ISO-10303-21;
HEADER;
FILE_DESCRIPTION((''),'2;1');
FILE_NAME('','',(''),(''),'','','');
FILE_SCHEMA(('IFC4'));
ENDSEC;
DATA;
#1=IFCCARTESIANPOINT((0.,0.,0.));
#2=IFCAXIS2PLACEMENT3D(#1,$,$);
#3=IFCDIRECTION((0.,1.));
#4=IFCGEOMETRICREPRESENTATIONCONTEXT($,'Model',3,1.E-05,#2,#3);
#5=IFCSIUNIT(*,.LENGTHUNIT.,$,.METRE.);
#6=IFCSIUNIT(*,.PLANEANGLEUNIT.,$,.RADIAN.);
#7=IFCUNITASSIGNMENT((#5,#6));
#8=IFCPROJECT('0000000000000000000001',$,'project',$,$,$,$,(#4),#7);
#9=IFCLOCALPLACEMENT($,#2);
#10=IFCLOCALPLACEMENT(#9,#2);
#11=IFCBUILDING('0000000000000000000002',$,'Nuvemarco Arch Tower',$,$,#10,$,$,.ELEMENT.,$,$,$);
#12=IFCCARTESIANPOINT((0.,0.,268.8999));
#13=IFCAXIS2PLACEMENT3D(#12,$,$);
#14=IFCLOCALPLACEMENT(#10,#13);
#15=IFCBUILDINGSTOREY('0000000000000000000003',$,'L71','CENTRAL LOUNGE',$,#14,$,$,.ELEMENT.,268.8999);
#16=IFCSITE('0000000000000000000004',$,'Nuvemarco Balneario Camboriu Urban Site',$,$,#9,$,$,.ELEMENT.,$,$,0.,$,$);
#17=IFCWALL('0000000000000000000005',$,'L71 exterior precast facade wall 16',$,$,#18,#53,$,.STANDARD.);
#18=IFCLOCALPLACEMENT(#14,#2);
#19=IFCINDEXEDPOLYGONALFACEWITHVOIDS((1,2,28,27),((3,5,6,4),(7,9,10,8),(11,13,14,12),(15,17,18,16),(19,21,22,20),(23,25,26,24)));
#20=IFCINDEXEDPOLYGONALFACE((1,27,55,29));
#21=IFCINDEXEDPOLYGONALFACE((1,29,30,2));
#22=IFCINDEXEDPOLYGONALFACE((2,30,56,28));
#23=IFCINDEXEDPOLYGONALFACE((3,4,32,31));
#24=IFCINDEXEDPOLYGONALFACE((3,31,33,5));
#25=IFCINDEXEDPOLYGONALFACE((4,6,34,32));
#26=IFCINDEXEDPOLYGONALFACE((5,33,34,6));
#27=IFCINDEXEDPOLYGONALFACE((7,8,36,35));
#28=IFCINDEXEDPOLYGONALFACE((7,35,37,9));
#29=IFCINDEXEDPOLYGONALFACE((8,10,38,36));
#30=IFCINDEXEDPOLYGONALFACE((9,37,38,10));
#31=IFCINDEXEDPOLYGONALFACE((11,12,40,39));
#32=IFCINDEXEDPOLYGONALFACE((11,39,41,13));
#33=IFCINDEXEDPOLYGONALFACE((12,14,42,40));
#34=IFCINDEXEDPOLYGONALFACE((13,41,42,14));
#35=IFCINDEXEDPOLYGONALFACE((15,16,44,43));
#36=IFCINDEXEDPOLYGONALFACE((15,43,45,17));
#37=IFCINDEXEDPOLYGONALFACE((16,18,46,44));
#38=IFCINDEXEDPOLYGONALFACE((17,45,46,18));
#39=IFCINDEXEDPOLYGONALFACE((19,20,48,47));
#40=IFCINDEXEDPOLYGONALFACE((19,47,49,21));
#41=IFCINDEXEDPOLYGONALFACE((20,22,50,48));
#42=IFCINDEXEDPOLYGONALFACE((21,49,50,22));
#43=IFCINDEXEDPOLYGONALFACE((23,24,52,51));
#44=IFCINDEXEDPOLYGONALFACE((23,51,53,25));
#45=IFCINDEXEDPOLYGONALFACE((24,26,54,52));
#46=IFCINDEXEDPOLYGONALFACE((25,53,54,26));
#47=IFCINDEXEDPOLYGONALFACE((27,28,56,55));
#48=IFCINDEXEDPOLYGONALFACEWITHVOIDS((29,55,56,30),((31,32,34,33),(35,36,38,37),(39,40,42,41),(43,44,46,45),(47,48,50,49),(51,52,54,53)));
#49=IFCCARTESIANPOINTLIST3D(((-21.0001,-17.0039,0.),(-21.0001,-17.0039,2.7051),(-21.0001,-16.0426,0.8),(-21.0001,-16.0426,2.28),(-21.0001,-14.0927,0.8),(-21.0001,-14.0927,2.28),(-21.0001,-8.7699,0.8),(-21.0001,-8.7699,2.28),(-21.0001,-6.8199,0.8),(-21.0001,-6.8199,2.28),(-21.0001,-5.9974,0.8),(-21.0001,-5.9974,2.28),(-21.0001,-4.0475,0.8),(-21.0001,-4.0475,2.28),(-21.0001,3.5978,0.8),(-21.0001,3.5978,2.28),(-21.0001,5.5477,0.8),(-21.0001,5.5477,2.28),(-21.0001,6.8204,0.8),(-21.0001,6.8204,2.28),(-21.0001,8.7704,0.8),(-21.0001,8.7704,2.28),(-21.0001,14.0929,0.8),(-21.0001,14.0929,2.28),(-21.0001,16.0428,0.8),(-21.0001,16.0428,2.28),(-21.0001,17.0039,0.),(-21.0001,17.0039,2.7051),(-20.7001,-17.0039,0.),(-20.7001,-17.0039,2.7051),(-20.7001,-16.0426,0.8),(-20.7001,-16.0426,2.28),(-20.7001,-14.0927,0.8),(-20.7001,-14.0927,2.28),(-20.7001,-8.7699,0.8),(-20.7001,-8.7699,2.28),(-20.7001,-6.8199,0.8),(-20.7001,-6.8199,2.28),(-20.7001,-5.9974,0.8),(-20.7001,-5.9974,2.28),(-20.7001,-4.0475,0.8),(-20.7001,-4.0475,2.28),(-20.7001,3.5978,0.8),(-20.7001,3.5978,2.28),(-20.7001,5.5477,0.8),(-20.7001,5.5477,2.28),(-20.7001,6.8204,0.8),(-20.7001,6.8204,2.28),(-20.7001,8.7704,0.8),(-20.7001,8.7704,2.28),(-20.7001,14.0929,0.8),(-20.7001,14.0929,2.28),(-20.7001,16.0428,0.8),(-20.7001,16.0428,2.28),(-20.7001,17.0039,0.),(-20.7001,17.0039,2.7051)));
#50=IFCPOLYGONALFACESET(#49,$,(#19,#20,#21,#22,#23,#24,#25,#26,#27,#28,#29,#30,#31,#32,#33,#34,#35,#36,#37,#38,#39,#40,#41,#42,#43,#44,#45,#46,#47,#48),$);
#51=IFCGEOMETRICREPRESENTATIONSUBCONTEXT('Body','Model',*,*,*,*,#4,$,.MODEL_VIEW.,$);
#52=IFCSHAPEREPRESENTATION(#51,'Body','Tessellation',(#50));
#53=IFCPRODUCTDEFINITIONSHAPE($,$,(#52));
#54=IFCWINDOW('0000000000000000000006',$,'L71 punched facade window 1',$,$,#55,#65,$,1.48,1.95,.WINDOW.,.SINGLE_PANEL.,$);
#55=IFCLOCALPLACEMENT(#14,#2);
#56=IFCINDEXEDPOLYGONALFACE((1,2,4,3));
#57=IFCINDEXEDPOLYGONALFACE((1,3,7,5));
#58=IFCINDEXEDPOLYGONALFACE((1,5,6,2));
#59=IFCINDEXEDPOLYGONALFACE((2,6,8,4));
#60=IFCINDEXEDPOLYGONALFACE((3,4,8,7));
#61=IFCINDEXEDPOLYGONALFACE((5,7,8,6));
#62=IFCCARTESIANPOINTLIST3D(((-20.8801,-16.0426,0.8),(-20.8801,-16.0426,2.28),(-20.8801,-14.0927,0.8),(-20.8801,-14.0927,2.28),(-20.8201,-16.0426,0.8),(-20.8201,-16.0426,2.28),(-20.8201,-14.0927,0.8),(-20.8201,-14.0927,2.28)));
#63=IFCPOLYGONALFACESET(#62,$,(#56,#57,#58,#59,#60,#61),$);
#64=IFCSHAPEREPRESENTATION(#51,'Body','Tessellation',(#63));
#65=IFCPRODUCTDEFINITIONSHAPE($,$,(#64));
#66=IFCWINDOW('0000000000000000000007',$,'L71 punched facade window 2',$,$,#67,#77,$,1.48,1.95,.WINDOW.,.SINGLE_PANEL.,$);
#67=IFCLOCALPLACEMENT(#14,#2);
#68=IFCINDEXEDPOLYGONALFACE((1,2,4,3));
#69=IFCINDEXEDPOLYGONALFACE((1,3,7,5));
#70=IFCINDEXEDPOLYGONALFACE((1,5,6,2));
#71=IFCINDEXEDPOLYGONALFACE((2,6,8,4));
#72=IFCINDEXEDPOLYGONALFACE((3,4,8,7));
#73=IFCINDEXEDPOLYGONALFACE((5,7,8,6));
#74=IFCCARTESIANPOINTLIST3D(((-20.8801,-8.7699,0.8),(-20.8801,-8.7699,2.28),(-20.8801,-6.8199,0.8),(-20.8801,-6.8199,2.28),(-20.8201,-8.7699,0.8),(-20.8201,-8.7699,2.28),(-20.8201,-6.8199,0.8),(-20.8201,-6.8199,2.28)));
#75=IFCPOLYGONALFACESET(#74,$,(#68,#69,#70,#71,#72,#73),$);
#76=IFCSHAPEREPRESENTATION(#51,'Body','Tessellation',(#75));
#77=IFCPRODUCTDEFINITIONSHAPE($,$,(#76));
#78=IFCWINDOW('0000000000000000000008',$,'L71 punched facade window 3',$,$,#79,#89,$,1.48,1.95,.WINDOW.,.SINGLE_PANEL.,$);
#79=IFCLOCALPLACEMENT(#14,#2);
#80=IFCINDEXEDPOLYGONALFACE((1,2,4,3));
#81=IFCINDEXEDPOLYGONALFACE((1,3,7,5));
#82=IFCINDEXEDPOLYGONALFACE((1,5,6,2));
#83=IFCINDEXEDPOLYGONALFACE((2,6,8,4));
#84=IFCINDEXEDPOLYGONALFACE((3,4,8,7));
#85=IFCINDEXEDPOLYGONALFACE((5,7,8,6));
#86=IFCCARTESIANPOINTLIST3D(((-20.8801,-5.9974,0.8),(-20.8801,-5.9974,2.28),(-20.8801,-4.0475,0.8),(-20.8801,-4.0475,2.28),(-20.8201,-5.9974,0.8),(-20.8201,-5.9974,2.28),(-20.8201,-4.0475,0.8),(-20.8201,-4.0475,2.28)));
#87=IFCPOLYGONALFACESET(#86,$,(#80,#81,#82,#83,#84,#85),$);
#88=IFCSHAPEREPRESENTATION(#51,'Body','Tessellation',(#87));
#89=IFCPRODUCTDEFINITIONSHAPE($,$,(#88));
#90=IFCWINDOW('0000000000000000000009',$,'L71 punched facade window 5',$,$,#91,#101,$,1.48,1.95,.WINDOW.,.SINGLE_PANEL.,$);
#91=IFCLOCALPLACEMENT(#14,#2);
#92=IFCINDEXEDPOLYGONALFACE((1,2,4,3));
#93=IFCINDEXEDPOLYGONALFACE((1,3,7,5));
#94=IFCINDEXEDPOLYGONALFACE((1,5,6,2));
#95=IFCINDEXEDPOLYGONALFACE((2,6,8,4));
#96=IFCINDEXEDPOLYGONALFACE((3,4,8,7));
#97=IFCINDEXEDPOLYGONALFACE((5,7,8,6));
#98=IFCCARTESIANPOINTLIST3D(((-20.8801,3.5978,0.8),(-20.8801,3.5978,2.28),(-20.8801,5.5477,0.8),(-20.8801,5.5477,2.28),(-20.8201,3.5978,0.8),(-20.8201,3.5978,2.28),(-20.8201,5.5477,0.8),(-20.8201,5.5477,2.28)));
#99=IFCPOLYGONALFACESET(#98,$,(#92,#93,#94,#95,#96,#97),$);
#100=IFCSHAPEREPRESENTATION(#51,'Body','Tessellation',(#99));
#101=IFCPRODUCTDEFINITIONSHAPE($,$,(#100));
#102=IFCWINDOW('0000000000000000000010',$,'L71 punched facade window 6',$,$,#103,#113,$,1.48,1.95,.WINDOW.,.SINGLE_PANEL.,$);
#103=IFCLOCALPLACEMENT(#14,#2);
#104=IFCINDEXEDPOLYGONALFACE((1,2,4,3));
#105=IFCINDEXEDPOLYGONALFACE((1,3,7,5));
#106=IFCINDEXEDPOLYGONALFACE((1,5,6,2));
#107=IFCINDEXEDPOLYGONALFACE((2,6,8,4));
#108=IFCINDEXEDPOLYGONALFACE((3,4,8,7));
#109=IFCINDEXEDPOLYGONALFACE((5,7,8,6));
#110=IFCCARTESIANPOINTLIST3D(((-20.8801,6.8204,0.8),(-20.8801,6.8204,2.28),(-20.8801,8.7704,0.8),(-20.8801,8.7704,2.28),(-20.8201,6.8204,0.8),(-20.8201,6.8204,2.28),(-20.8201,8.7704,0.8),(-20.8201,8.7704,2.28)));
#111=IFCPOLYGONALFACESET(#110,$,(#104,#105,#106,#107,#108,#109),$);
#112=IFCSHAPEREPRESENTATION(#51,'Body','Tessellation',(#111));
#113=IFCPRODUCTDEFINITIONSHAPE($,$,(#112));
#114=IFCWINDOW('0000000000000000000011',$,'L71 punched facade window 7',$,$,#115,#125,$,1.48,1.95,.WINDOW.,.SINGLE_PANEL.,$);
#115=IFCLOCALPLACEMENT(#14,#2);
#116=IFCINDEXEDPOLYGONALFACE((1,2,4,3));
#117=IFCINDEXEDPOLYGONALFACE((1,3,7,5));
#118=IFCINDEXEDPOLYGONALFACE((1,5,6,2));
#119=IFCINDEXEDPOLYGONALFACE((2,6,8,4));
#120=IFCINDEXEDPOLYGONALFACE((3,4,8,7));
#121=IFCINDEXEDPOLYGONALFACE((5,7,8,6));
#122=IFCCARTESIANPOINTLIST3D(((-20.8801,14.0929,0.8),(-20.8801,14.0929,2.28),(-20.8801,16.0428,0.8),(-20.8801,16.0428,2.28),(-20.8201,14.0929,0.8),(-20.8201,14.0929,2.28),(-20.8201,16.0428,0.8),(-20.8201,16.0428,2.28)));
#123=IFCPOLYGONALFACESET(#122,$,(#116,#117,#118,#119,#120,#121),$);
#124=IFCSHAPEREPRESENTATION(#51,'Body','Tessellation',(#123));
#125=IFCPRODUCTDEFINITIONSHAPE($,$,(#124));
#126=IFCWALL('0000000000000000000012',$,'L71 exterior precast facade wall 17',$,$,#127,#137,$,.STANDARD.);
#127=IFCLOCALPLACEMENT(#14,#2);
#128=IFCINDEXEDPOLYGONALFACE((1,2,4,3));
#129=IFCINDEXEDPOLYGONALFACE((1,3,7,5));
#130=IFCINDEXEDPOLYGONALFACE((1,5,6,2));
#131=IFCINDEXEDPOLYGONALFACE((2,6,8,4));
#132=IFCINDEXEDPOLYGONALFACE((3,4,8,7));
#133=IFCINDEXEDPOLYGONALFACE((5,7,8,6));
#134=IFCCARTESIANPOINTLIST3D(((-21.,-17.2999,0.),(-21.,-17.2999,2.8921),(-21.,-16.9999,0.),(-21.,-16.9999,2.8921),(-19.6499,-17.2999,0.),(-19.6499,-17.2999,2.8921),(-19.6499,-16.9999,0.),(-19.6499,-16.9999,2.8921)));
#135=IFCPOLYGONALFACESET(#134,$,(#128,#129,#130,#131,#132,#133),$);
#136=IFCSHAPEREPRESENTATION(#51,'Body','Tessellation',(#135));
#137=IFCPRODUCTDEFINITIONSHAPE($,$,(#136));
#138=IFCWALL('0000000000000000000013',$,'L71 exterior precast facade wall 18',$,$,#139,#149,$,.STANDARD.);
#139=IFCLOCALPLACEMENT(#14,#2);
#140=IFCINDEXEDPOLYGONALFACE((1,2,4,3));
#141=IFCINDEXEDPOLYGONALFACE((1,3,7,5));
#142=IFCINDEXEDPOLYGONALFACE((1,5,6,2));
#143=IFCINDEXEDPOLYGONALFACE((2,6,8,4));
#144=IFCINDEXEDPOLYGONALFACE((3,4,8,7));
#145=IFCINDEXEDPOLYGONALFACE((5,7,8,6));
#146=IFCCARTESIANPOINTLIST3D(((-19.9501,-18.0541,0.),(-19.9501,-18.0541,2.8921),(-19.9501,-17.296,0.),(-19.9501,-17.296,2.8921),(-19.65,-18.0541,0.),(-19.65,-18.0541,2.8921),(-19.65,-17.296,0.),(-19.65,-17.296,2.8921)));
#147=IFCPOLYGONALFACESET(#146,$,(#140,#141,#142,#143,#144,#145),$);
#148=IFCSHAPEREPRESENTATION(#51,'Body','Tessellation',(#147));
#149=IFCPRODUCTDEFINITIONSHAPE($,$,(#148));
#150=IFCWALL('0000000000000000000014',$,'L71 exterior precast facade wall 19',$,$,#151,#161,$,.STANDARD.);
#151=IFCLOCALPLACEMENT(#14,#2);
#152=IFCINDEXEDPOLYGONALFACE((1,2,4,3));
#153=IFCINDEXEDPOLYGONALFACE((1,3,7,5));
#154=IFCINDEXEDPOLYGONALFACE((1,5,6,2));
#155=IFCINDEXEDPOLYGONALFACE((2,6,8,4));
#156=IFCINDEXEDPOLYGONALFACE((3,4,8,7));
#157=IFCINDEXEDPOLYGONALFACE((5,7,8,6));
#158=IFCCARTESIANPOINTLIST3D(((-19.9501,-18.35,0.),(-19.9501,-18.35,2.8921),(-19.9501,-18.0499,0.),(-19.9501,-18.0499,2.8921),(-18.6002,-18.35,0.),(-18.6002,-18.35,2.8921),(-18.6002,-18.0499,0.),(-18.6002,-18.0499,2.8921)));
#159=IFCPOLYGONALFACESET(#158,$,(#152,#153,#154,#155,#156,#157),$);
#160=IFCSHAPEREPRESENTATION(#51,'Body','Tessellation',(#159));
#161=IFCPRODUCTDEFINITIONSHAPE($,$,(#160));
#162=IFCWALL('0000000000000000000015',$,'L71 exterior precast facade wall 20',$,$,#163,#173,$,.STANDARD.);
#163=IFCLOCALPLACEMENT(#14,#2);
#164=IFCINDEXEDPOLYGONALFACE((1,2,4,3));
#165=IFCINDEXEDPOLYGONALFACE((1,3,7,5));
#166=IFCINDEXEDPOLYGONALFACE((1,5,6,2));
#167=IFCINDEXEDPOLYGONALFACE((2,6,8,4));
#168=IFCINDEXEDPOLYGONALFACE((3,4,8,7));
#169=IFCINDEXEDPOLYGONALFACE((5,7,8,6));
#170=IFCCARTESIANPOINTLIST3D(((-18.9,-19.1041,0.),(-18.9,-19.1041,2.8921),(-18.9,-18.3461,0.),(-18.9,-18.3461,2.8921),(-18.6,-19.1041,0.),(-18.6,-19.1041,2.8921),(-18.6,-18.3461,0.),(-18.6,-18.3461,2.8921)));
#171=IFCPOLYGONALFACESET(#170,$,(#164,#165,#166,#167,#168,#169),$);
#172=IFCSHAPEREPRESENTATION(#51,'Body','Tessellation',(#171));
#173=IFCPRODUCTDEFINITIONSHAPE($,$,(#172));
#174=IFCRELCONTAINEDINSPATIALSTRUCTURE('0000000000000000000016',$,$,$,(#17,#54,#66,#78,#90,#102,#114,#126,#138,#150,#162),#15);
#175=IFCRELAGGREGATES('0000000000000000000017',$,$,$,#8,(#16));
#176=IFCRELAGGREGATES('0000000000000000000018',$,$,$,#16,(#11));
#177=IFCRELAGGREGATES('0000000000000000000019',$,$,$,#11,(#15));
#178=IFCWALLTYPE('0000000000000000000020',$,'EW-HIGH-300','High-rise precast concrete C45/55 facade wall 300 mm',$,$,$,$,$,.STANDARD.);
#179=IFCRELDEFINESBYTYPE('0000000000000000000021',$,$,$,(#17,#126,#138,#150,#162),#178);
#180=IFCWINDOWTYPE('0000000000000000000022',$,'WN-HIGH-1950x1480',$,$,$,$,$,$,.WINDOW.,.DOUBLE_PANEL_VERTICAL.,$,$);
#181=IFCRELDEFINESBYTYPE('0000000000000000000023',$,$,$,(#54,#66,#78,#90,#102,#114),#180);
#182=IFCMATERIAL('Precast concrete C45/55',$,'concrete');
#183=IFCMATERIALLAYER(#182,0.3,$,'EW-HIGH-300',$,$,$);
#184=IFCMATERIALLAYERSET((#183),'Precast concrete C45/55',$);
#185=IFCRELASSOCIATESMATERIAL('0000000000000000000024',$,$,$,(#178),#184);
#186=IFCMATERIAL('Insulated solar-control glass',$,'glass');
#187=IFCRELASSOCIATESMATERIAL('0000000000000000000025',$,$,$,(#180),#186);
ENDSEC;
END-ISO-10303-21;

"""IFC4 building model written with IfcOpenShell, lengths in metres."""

from ifc_helpers import new_model, si_unit, direction, frame, frame_2d, origin, place, context, subcontext, project, spatial, rectangle, extrude, source, transform, mapped, material, layer, layer_set, type_object, type_shapes, element, fill, save


model = new_model("IFC4")

# Units and contexts
model_context = context("Model", 3, precision=1e-05, world=origin(), true_north=direction((0.0, 1.0)))
body_context = subcontext(model_context, "Body", "Model", "MODEL_VIEW")
ifc_project = project(units=[si_unit("LENGTHUNIT", "METRE"), si_unit("PLANEANGLEUNIT", "RADIAN")], contexts=[model_context])

# Site, building, storey
site_placement = place(None, origin())
site = spatial("IfcSite", under=ifc_project, at=site_placement, Name="Nuvemarco Balneario Camboriu Urban Site", CompositionType="ELEMENT", RefElevation=0.0)
building_placement = place(site_placement, origin())
building = spatial("IfcBuilding", under=site, at=building_placement, Name="Nuvemarco Arch Tower", CompositionType="ELEMENT")
storey_placement = place(building_placement, frame((0.0, 0.0, 268.8999)))
storey = spatial("IfcBuildingStorey", under=building, at=storey_placement, Name="L71", Description="CENTRAL LOUNGE", CompositionType="ELEMENT", Elevation=268.8999)

# Shared definitions
ifc_material_1 = material(Name="Precast concrete C45/55", Category="concrete")

# Wall, openings, windows
ifc_layer = layer(ifc_material_1, 0.3, Name="EW-HIGH-300")
ifc_layer_set = layer_set([ifc_layer], Name="Precast concrete C45/55")
wall_type = type_object("IfcWallType", Name="EW-HIGH-300", Description="High-rise precast concrete C45/55 facade wall 300 mm", PredefinedType="STANDARD", material=ifc_layer_set)
ifc_material_2 = material(Name="Insulated solar-control glass", Category="glass")
wall_1_placement = place(storey_placement, frame((-20.8501, -17.0039, 0.0), z_axis=(0.0, 0.0, 1.0), x_axis=(0.0, 1.0, 0.0)))
wall_1 = element("IfcWall", 1, at=wall_1_placement, inside=storey, type_object=wall_type, Name="L71 exterior precast facade wall 16", PredefinedType="STANDARD", context=body_context, shape_type="SweptSolid", body=[
    extrude(rectangle(XDim=34.0078, YDim=0.3, at=frame_2d((17.0039, 0.0))), origin(), (0.0, 0.0, 1.0), 2.7051),
])
opening_1_placement = place(wall_1_placement, frame((0.9612, 0.0, 0.8)))
opening_1 = element("IfcOpeningElement", 2, at=opening_1_placement, cuts=wall_1, PredefinedType="OPENING", context=body_context, shape_type="SweptSolid", body=[
    extrude(rectangle(XDim=1.95, YDim=1.48, at=frame_2d((0.9751, 0.74))), frame((0.0, 0.1599, 0.0), z_axis=(0.0, -1.0, 0.0), x_axis=(1.0, 0.0, 0.0)), (0.0, 0.0, 1.0), 0.3201),
])
opening_2_placement = place(wall_1_placement, frame((8.2339, 0.0, 0.8)))
opening_2 = element("IfcOpeningElement", 3, at=opening_2_placement, cuts=wall_1, PredefinedType="OPENING", context=body_context, shape_type="SweptSolid", body=[
    extrude(rectangle(XDim=1.95, YDim=1.48, at=frame_2d((0.9751, 0.74))), frame((0.0, 0.1599, 0.0), z_axis=(0.0, -1.0, 0.0), x_axis=(1.0, 0.0, 0.0)), (0.0, 0.0, 1.0), 0.3201),
])
opening_3_placement = place(wall_1_placement, frame((11.0063, 0.0, 0.8)))
opening_3 = element("IfcOpeningElement", 4, at=opening_3_placement, cuts=wall_1, PredefinedType="OPENING", context=body_context, shape_type="SweptSolid", body=[
    extrude(rectangle(XDim=1.95, YDim=1.48, at=frame_2d((0.9751, 0.74))), frame((0.0, 0.1599, 0.0), z_axis=(0.0, -1.0, 0.0), x_axis=(1.0, 0.0, 0.0)), (0.0, 0.0, 1.0), 0.3201),
])
opening_4_placement = place(wall_1_placement, frame((20.6016, 0.0, 0.8)))
opening_4 = element("IfcOpeningElement", 5, at=opening_4_placement, cuts=wall_1, PredefinedType="OPENING", context=body_context, shape_type="SweptSolid", body=[
    extrude(rectangle(XDim=1.95, YDim=1.48, at=frame_2d((0.9751, 0.74))), frame((0.0, 0.1599, 0.0), z_axis=(0.0, -1.0, 0.0), x_axis=(1.0, 0.0, 0.0)), (0.0, 0.0, 1.0), 0.3201),
])
opening_5_placement = place(wall_1_placement, frame((23.8242, 0.0, 0.8)))
opening_5 = element("IfcOpeningElement", 6, at=opening_5_placement, cuts=wall_1, PredefinedType="OPENING", context=body_context, shape_type="SweptSolid", body=[
    extrude(rectangle(XDim=1.95, YDim=1.48, at=frame_2d((0.9751, 0.74))), frame((0.0, 0.1599, 0.0), z_axis=(0.0, -1.0, 0.0), x_axis=(1.0, 0.0, 0.0)), (0.0, 0.0, 1.0), 0.3201),
])
opening_6_placement = place(wall_1_placement, frame((31.0967, 0.0, 0.8)))
opening_6 = element("IfcOpeningElement", 7, at=opening_6_placement, cuts=wall_1, PredefinedType="OPENING", context=body_context, shape_type="SweptSolid", body=[
    extrude(rectangle(XDim=1.95, YDim=1.48, at=frame_2d((0.9751, 0.74))), frame((0.0, 0.1599, 0.0), z_axis=(0.0, -1.0, 0.0), x_axis=(1.0, 0.0, 0.0)), (0.0, 0.0, 1.0), 0.3201),
])
window_type_1 = type_object("IfcWindowType", Name="WN-HIGH-1950x1480", PartitioningType="DOUBLE_PANEL_VERTICAL", PredefinedType="WINDOW", material=ifc_material_2)
shared_shape_1 = source(origin(), body_context, "Body", "SweptSolid", [
    extrude(rectangle(XDim=1.95, YDim=1.48, at=frame_2d((0.9751, 0.74))), frame((0.0, 0.03, 0.0), z_axis=(0.0, -1.0, 0.0), x_axis=(1.0, 0.0, 0.0)), (0.0, 0.0, 1.0), 0.0601),
])
type_shapes(window_type_1, [shared_shape_1])
window_1_placement = place(opening_1_placement, origin())
window_1 = element("IfcWindow", 8, at=window_1_placement, inside=storey, type_object=window_type_1, Name="L71 punched facade window 1", OverallHeight=1.48, OverallWidth=1.95, PartitioningType="SINGLE_PANEL", PredefinedType="WINDOW", context=body_context, shape_type="MappedRepresentation", body=[
    mapped(shared_shape_1, transform((0.0, 0.0, 0.0), scale=1.0)),
])
fill(opening_1, window_1)
window_2_placement = place(opening_2_placement, origin())
window_2 = element("IfcWindow", 9, at=window_2_placement, inside=storey, type_object=window_type_1, Name="L71 punched facade window 2", OverallHeight=1.48, OverallWidth=1.95, PartitioningType="SINGLE_PANEL", PredefinedType="WINDOW", context=body_context, shape_type="MappedRepresentation", body=[
    mapped(shared_shape_1, transform((0.0, 0.0, 0.0), scale=1.0)),
])
fill(opening_2, window_2)
window_3_placement = place(opening_3_placement, origin())
window_3 = element("IfcWindow", 10, at=window_3_placement, inside=storey, type_object=window_type_1, Name="L71 punched facade window 3", OverallHeight=1.48, OverallWidth=1.95, PartitioningType="SINGLE_PANEL", PredefinedType="WINDOW", context=body_context, shape_type="MappedRepresentation", body=[
    mapped(shared_shape_1, transform((0.0, 0.0, 0.0), scale=1.0)),
])
fill(opening_3, window_3)
window_4_placement = place(opening_4_placement, origin())
window_4 = element("IfcWindow", 11, at=window_4_placement, inside=storey, type_object=window_type_1, Name="L71 punched facade window 5", OverallHeight=1.48, OverallWidth=1.95, PartitioningType="SINGLE_PANEL", PredefinedType="WINDOW", context=body_context, shape_type="MappedRepresentation", body=[
    mapped(shared_shape_1, transform((0.0, 0.0, 0.0), scale=1.0)),
])
fill(opening_4, window_4)
window_5_placement = place(opening_5_placement, origin())
window_5 = element("IfcWindow", 12, at=window_5_placement, inside=storey, type_object=window_type_1, Name="L71 punched facade window 6", OverallHeight=1.48, OverallWidth=1.95, PartitioningType="SINGLE_PANEL", PredefinedType="WINDOW", context=body_context, shape_type="MappedRepresentation", body=[
    mapped(shared_shape_1, transform((0.0, 0.0, 0.0), scale=1.0)),
])
fill(opening_5, window_5)
window_6_placement = place(opening_6_placement, origin())
window_6 = element("IfcWindow", 13, at=window_6_placement, inside=storey, type_object=window_type_1, Name="L71 punched facade window 7", OverallHeight=1.48, OverallWidth=1.95, PartitioningType="SINGLE_PANEL", PredefinedType="WINDOW", context=body_context, shape_type="MappedRepresentation", body=[
    mapped(shared_shape_1, transform((0.0, 0.0, 0.0), scale=1.0)),
])
fill(opening_6, window_6)

# Walls
wall_2_placement = place(storey_placement, frame((-21.0, -17.1499, 0.0), z_axis=(0.0, 0.0, 1.0), x_axis=(1.0, 0.0, 0.0)))
element("IfcWall", 14, at=wall_2_placement, inside=storey, type_object=wall_type, Name="L71 exterior precast facade wall 17", PredefinedType="STANDARD", context=body_context, shape_type="SweptSolid", body=[
    extrude(rectangle(XDim=1.3501, YDim=0.3, at=frame_2d((0.675, 0.0))), origin(), (0.0, 0.0, 1.0), 2.8921),
])
wall_3_placement = place(storey_placement, frame((-19.8, -18.054, 0.0), z_axis=(0.0, 0.0, 1.0), x_axis=(0.0, 1.0, 0.0)))
element("IfcWall", 15, at=wall_3_placement, inside=storey, type_object=wall_type, Name="L71 exterior precast facade wall 18", PredefinedType="STANDARD", context=body_context, shape_type="SweptSolid", body=[
    extrude(rectangle(XDim=0.7581, YDim=0.3, at=frame_2d((0.3789, 0.0))), origin(), (0.0, 0.0, 1.0), 2.8921),
])
wall_4_placement = place(storey_placement, frame((-19.95, -18.2, 0.0), z_axis=(0.0, 0.0, 1.0), x_axis=(1.0, 0.0, 0.0)))
element("IfcWall", 16, at=wall_4_placement, inside=storey, type_object=wall_type, Name="L71 exterior precast facade wall 19", PredefinedType="STANDARD", context=body_context, shape_type="SweptSolid", body=[
    extrude(rectangle(XDim=1.3499, YDim=0.3, at=frame_2d((0.6748, 0.0))), origin(), (0.0, 0.0, 1.0), 2.8921),
])
wall_5_placement = place(storey_placement, frame((-18.75, -19.104, 0.0), z_axis=(0.0, 0.0, 1.0), x_axis=(0.0, 1.0, 0.0)))
element("IfcWall", 17, at=wall_5_placement, inside=storey, type_object=wall_type, Name="L71 exterior precast facade wall 20", PredefinedType="STANDARD", context=body_context, shape_type="SweptSolid", body=[
    extrude(rectangle(XDim=0.7581, YDim=0.3, at=frame_2d((0.3789, 0.0))), origin(), (0.0, 0.0, 1.0), 2.8921),
])

save(model, "model.ifc")
